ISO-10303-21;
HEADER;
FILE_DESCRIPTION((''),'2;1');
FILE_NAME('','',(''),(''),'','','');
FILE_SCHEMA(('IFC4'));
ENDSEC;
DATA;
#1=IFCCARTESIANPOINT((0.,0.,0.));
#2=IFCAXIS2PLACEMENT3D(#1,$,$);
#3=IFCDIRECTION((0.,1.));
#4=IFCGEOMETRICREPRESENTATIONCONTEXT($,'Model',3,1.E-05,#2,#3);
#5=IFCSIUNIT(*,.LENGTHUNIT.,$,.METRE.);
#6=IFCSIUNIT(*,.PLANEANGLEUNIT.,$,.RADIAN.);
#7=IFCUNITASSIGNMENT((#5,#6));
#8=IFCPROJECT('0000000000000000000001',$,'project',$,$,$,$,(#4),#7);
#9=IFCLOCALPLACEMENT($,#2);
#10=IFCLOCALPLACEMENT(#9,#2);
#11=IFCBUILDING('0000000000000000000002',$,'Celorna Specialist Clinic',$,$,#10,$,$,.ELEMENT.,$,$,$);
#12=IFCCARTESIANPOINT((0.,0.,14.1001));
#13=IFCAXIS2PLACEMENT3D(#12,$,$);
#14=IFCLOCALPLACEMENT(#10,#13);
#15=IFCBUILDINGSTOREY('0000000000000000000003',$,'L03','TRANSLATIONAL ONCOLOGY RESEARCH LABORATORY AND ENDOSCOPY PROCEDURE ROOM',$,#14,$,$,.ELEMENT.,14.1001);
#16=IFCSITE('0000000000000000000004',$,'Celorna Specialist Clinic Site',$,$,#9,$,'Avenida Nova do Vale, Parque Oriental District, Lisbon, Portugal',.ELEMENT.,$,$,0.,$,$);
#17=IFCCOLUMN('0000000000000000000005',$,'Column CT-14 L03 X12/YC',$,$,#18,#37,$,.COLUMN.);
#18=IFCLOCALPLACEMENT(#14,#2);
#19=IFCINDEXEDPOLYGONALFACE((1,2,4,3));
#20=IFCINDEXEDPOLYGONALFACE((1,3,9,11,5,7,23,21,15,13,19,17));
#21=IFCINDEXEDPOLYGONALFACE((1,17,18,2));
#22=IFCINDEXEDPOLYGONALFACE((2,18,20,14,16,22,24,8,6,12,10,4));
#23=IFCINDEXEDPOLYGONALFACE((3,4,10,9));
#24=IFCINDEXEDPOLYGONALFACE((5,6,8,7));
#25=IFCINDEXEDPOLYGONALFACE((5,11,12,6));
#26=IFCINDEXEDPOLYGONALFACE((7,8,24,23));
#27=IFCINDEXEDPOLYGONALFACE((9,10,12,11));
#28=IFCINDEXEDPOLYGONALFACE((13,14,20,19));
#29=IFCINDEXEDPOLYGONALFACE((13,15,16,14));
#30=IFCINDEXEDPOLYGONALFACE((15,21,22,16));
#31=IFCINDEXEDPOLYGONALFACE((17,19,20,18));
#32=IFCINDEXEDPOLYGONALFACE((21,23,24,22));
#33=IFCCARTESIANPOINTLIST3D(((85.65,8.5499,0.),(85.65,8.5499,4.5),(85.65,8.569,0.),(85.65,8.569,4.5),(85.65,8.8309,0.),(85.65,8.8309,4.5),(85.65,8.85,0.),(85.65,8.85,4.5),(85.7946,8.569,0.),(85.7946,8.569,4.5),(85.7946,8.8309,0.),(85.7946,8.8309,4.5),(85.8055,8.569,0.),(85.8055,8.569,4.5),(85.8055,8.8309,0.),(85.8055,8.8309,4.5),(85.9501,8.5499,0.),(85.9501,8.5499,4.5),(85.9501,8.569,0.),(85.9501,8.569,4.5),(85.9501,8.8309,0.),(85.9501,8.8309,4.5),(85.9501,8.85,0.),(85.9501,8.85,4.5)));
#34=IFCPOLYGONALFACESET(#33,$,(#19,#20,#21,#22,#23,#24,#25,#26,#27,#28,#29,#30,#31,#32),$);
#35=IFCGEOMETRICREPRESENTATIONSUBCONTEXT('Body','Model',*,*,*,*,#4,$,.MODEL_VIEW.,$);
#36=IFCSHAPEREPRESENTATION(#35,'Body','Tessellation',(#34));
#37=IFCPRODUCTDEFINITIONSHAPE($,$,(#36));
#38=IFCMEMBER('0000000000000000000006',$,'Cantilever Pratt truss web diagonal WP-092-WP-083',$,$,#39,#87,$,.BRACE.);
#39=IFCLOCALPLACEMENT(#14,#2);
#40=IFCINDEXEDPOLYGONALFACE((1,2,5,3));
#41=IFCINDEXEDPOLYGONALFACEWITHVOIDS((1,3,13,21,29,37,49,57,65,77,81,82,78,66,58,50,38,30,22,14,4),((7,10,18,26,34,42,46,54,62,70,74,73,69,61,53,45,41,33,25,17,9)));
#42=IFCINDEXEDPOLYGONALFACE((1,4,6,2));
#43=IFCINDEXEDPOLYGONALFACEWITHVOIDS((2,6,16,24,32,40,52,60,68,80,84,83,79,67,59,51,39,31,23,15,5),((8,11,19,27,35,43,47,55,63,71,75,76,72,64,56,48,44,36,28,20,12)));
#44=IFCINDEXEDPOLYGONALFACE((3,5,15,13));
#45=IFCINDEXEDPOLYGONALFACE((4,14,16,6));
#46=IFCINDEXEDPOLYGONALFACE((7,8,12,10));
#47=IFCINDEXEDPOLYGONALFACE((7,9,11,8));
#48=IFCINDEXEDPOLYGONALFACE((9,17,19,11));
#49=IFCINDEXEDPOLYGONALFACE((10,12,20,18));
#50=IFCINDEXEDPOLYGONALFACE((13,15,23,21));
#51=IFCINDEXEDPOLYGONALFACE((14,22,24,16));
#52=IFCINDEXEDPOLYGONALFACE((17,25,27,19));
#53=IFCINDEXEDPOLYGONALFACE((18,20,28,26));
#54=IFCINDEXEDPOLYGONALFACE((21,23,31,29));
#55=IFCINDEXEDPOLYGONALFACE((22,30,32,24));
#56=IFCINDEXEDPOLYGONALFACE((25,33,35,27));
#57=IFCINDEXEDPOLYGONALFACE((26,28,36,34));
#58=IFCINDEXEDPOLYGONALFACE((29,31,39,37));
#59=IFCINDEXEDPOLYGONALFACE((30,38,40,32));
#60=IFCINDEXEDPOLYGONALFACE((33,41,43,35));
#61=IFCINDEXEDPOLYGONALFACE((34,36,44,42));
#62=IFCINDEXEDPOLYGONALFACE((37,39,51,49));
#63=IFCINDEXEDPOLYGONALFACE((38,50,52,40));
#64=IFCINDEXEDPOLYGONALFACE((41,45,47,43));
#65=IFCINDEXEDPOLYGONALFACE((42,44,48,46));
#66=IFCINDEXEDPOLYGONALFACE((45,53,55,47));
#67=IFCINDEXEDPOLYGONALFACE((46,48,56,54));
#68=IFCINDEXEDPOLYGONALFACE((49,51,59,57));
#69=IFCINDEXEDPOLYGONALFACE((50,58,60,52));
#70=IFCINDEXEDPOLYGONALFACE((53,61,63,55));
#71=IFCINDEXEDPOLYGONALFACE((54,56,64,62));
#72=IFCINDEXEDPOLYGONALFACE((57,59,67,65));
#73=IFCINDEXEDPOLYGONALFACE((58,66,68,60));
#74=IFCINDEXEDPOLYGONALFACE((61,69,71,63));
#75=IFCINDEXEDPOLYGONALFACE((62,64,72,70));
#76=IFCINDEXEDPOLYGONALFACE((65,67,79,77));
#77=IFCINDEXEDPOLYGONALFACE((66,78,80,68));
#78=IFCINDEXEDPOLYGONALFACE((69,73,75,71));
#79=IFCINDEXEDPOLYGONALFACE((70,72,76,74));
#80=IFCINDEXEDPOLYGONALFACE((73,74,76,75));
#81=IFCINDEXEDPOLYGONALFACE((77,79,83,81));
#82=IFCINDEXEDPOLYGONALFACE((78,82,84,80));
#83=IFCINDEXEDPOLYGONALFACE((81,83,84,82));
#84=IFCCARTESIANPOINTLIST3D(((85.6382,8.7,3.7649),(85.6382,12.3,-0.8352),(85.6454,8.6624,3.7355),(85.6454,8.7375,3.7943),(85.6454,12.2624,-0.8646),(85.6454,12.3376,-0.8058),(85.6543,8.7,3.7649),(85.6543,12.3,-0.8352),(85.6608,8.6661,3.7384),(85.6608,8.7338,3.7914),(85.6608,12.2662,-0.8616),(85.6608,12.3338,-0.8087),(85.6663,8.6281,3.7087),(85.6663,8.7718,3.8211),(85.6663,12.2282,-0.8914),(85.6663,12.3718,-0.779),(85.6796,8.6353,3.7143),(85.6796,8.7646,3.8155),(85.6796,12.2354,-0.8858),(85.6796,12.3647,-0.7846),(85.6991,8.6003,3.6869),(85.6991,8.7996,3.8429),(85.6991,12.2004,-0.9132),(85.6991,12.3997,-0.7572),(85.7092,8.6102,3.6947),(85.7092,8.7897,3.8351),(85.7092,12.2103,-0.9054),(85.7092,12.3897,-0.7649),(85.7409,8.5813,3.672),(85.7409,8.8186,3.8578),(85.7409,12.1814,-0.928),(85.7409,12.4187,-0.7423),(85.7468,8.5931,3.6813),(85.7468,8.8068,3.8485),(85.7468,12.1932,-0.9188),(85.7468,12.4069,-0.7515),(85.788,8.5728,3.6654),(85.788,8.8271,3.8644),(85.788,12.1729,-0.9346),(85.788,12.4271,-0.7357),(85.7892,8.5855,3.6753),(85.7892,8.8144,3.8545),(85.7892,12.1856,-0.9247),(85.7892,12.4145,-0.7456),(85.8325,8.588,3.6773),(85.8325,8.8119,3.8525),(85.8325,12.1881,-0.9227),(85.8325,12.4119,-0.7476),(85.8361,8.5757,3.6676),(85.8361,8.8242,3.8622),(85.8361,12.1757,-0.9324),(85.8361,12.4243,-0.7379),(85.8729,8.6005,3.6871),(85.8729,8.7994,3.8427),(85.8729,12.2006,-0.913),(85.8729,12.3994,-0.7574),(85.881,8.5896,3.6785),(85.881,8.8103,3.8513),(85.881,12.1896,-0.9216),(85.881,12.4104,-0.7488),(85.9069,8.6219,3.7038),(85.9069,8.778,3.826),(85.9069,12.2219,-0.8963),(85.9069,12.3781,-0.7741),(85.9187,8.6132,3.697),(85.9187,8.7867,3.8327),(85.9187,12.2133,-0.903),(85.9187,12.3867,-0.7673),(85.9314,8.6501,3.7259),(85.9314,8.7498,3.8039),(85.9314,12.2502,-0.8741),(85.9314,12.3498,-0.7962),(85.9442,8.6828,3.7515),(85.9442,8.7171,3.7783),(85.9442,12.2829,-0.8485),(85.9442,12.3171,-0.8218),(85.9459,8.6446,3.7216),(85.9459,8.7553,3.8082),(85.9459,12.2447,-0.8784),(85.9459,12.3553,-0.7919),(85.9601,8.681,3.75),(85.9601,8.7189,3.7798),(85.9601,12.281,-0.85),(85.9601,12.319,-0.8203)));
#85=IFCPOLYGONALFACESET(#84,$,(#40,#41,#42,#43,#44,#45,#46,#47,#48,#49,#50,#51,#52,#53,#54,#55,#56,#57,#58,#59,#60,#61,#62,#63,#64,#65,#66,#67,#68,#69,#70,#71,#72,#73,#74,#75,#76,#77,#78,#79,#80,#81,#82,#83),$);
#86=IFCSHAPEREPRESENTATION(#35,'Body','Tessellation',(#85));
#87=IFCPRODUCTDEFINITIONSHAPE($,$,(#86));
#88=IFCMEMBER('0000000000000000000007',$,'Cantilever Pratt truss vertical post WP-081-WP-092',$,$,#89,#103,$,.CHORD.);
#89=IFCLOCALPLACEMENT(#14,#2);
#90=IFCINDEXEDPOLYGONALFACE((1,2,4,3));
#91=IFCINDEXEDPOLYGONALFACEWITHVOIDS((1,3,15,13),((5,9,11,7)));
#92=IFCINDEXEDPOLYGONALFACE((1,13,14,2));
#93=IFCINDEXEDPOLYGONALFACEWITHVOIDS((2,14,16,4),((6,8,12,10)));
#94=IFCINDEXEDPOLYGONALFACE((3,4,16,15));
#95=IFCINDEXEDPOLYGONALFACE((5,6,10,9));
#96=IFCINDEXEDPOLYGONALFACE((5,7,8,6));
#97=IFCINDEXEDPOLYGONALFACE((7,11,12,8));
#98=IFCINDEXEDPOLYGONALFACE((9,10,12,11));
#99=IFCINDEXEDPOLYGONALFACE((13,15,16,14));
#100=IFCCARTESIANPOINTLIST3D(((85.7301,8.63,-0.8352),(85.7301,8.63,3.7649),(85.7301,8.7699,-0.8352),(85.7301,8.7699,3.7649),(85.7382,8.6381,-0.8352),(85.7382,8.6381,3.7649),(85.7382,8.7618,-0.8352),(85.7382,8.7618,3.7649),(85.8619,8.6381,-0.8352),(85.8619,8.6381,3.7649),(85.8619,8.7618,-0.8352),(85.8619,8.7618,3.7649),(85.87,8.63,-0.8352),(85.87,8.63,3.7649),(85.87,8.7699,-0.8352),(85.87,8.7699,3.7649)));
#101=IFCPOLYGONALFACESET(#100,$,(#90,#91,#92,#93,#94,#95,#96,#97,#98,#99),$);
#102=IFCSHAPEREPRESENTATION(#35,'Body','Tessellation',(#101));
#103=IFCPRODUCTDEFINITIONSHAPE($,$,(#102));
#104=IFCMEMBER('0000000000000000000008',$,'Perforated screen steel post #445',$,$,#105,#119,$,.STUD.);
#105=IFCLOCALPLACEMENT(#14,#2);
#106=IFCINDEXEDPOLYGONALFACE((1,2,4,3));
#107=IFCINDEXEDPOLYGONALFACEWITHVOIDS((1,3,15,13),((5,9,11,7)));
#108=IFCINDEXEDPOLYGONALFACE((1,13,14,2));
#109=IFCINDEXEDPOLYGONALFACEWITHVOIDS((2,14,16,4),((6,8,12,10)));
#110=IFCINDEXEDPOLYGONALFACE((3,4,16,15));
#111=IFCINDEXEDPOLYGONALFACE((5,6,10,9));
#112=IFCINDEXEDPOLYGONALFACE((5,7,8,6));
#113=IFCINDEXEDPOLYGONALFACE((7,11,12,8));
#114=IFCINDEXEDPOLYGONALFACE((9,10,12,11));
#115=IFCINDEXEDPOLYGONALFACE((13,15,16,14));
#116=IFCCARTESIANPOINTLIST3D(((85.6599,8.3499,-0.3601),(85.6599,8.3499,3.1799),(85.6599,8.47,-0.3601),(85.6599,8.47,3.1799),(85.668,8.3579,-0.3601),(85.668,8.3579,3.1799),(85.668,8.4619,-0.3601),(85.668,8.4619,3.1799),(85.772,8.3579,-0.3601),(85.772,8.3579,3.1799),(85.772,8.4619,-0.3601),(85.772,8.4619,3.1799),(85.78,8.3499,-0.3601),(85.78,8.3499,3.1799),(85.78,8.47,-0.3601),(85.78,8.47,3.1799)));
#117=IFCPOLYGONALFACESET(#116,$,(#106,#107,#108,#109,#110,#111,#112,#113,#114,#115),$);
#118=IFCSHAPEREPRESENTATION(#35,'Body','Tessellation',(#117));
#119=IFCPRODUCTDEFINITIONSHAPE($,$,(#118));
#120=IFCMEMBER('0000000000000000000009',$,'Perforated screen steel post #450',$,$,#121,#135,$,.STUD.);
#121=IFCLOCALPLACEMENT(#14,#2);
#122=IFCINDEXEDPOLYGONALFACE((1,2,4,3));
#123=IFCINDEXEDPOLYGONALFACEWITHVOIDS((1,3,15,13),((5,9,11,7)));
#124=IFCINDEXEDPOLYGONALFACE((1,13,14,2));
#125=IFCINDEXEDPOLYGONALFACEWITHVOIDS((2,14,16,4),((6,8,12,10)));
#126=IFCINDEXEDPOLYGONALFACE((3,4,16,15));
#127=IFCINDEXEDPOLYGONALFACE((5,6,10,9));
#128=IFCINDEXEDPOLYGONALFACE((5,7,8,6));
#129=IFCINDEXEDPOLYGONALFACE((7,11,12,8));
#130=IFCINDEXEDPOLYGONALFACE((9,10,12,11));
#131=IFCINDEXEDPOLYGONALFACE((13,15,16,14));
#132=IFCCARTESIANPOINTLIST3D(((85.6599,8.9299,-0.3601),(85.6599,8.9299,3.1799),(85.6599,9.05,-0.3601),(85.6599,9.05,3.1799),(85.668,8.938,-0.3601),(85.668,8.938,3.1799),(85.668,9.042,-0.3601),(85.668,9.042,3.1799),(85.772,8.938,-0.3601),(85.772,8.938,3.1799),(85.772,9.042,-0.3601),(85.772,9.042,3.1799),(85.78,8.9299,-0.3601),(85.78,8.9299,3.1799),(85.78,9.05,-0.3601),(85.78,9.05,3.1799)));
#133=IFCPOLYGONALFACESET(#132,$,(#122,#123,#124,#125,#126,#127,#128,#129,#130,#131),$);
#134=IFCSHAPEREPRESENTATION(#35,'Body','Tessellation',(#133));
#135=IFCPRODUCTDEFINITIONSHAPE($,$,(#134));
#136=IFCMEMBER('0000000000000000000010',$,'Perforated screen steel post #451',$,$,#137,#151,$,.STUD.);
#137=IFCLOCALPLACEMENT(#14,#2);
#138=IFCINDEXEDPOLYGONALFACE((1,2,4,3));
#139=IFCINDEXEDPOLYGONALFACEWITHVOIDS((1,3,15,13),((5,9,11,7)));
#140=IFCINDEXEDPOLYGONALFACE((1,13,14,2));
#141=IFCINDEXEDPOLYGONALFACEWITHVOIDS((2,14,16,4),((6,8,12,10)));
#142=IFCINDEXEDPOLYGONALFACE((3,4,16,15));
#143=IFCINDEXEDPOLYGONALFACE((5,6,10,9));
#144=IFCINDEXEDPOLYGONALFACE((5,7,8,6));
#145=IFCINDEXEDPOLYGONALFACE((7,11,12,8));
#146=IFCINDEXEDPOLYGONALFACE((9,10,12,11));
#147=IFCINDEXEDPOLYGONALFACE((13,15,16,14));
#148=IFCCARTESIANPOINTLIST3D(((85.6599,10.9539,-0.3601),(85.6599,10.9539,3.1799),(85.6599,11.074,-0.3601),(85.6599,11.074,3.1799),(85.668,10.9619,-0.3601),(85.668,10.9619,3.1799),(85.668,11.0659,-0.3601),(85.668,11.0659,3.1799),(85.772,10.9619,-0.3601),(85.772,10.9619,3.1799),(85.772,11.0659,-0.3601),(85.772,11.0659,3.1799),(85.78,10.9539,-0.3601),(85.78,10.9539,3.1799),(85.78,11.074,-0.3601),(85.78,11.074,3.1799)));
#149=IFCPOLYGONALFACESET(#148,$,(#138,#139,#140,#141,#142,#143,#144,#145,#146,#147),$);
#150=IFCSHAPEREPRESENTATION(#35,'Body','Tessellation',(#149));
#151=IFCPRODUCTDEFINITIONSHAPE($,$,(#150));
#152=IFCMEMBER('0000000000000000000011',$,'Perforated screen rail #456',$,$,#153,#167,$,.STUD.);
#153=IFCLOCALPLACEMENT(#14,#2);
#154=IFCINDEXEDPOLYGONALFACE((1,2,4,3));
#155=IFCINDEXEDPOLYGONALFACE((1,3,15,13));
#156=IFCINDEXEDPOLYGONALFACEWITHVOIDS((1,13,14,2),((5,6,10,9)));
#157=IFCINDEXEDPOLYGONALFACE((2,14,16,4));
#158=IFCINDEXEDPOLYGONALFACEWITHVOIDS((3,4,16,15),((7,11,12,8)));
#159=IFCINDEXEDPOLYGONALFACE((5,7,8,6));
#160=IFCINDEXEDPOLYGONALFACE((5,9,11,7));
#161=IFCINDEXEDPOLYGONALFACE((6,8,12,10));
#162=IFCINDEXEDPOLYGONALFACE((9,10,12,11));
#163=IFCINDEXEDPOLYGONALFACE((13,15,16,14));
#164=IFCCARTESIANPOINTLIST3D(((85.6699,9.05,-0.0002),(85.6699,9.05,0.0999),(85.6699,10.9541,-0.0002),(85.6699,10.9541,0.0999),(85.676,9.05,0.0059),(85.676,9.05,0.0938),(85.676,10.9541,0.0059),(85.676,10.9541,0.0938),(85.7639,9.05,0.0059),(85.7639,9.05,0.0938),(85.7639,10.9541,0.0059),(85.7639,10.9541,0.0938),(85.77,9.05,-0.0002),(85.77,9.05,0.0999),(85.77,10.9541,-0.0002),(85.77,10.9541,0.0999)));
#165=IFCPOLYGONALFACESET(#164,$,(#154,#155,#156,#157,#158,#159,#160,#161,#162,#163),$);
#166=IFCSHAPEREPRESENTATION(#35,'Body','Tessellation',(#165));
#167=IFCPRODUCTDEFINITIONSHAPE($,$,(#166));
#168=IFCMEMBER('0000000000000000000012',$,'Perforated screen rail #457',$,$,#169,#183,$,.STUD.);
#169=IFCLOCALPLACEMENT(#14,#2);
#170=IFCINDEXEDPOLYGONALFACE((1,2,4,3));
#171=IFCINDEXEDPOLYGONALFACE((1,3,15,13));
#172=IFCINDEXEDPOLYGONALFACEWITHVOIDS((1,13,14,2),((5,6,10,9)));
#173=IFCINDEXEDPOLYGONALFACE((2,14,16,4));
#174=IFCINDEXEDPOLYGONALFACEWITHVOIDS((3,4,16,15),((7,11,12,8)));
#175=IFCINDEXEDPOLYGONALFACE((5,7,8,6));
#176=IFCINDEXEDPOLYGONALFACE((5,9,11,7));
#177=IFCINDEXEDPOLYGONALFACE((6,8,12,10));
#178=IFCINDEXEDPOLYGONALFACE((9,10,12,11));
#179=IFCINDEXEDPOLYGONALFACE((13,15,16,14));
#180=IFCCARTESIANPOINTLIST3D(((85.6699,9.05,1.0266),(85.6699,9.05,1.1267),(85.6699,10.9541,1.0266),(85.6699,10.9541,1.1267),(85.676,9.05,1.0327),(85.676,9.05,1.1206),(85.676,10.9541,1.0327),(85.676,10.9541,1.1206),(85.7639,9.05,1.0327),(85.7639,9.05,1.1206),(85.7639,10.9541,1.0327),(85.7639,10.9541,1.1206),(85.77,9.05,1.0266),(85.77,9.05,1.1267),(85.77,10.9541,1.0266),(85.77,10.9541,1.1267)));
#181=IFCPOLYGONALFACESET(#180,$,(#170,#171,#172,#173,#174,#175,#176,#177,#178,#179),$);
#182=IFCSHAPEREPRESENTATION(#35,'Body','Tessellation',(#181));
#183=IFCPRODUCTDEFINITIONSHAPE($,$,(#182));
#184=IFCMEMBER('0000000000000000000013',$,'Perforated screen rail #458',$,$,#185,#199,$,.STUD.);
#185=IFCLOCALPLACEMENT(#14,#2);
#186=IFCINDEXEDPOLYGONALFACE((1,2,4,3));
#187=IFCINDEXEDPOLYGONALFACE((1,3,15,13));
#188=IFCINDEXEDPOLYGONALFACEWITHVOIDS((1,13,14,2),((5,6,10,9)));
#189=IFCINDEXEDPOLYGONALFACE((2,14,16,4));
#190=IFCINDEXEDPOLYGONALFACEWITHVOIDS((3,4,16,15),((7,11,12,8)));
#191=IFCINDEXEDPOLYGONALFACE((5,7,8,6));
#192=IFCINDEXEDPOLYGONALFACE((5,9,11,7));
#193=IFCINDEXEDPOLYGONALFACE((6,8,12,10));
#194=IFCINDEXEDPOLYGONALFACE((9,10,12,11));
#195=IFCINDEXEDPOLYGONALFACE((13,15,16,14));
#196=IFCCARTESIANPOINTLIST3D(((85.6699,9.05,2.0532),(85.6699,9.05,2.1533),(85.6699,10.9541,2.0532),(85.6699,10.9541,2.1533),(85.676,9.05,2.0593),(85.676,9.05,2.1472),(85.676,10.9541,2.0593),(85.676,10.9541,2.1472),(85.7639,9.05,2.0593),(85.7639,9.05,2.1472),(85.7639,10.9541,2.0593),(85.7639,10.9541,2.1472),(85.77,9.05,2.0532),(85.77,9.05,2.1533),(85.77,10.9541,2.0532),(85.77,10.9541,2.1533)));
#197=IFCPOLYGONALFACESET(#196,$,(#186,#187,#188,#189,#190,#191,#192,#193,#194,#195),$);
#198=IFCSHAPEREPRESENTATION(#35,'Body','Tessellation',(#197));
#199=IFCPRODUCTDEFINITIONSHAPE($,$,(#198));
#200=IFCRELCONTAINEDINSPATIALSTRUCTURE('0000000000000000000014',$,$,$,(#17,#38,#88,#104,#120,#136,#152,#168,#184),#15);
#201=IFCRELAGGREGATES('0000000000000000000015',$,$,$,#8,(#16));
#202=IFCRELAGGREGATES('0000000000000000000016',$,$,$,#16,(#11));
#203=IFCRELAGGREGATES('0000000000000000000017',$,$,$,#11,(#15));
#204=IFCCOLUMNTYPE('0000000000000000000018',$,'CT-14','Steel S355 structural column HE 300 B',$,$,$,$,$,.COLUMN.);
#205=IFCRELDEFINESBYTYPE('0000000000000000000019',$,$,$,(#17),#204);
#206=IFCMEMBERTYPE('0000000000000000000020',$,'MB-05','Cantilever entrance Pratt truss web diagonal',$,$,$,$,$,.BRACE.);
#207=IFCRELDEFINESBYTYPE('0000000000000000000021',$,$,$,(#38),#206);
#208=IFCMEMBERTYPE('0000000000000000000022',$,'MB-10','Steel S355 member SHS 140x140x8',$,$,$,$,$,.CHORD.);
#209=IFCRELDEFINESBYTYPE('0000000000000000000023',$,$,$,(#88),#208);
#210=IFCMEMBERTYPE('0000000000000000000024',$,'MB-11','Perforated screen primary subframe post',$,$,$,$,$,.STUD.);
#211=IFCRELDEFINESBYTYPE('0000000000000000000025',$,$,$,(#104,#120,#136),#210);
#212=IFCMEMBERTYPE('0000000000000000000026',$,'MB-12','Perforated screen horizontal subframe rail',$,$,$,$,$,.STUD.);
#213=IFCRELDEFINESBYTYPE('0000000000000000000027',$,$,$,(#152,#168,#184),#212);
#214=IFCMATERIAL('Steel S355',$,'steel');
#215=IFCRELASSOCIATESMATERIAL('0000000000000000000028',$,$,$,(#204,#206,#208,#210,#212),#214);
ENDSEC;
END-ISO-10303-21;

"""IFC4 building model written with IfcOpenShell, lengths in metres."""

from ifc_helpers import new_model, si_unit, direction, frame, origin, origin_2d, place, context, subcontext, project, spatial, hollow_rectangle, hollow_circle, i_section, extrude, material, material_profile, profile_set, type_object, element, save


model = new_model("IFC4")

# Units and contexts
model_context = context("Model", 3, precision=1e-05, world=origin(), true_north=direction((0.0, 1.0)))
body_context = subcontext(model_context, "Body", "Model", "MODEL_VIEW")
ifc_project = project(units=[si_unit("LENGTHUNIT", "METRE"), si_unit("PLANEANGLEUNIT", "RADIAN")], contexts=[model_context])

# Site, building, storey
site_placement = place(None, origin())
site = spatial("IfcSite", under=ifc_project, at=site_placement, Name="Celorna Specialist Clinic Site", LongName="Avenida Nova do Vale, Parque Oriental District, Lisbon, Portugal", CompositionType="ELEMENT", RefElevation=0.0)
building_placement = place(site_placement, origin())
building = spatial("IfcBuilding", under=site, at=building_placement, Name="Celorna Specialist Clinic", CompositionType="ELEMENT")
storey_placement = place(building_placement, frame((0.0, 0.0, 14.1001)))
storey = spatial("IfcBuildingStorey", under=building, at=storey_placement, Name="L03", Description="TRANSLATIONAL ONCOLOGY RESEARCH LABORATORY AND ENDOSCOPY PROCEDURE ROOM", CompositionType="ELEMENT", Elevation=14.1001)

# Column
ifc_material_1 = material(Name="Steel S355", Category="steel")
ifc_material_profile_1 = material_profile(ifc_material_1, i_section(OverallWidth=0.3, OverallDepth=0.3, WebThickness=0.011, FlangeThickness=0.019, at=origin_2d()), Name="HE 300 B")
ifc_profile_set_1 = profile_set([ifc_material_profile_1], Name="Steel S355")
column_type = type_object("IfcColumnType", Name="CT-14", Description="Steel S355 structural column HE 300 B", PredefinedType="COLUMN", material=ifc_profile_set_1)
column_placement = place(storey_placement, frame((85.8, 8.7, 0.0), z_axis=(0.0, 0.0, 1.0), x_axis=(1.0, 0.0, 0.0)))
element("IfcColumn", 1, at=column_placement, inside=storey, type_object=column_type, Name="Column CT-14 L03 X12/YC", PredefinedType="COLUMN", context=body_context, shape_type="SweptSolid", body=[
    extrude(i_section(OverallWidth=0.3, OverallDepth=0.3, WebThickness=0.011, FlangeThickness=0.019, at=origin_2d()), origin(), (0.0, 0.0, 1.0), 4.5),
])

# Members
ifc_material_profile_2 = material_profile(ifc_material_1, hollow_circle(Radius=0.1619, WallThickness=0.0161, at=origin_2d()), Name="CHS 323.9x16")
ifc_profile_set_2 = profile_set([ifc_material_profile_2], Name="Steel S355")
member_type_1 = type_object("IfcMemberType", Name="MB-05", Description="Cantilever entrance Pratt truss web diagonal", PredefinedType="BRACE", material=ifc_profile_set_2)
member_1_placement = place(storey_placement, frame((85.8, 8.7, 3.7649), z_axis=(0.0, 0.616311, -0.787503), x_axis=(-1.0, 0.0, 0.0)))
element("IfcMember", 2, at=member_1_placement, inside=storey, type_object=member_type_1, Name="Cantilever Pratt truss web diagonal WP-092-WP-083", PredefinedType="BRACE", context=body_context, shape_type="SweptSolid", body=[
    extrude(hollow_circle(Radius=0.1619, WallThickness=0.0161, at=origin_2d()), origin(), (0.0, 0.0, 1.0), 5.8413),
])
ifc_material_profile_3 = material_profile(ifc_material_1, hollow_rectangle(XDim=0.1399, YDim=0.1399, WallThickness=0.0081, at=origin_2d()), Name="SHS 140x140x8")
ifc_profile_set_3 = profile_set([ifc_material_profile_3], Name="Steel S355")
member_type_2 = type_object("IfcMemberType", Name="MB-10", Description="Steel S355 member SHS 140x140x8", PredefinedType="CHORD", material=ifc_profile_set_3)
member_2_placement = place(storey_placement, frame((85.8, 8.7, -0.8352), z_axis=(0.0, 0.0, 1.0), x_axis=(1.0, 0.0, 0.0)))
element("IfcMember", 3, at=member_2_placement, inside=storey, type_object=member_type_2, Name="Cantilever Pratt truss vertical post WP-081-WP-092", PredefinedType="CHORD", context=body_context, shape_type="SweptSolid", body=[
    extrude(hollow_rectangle(XDim=0.1399, YDim=0.1399, WallThickness=0.0081, at=origin_2d()), origin(), (0.0, 0.0, 1.0), 4.6001),
])
ifc_material_profile_4 = material_profile(ifc_material_1, hollow_rectangle(XDim=0.1201, YDim=0.1201, WallThickness=0.0081, at=origin_2d()), Name="SHS 120x120x8")
ifc_profile_set_4 = profile_set([ifc_material_profile_4], Name="Steel S355")
member_type_3 = type_object("IfcMemberType", Name="MB-11", Description="Perforated screen primary subframe post", PredefinedType="STUD", material=ifc_profile_set_4)
for number, where, z_axis, x_axis, name in (
    (4, (85.72, 8.4099, -0.3601), (0.0, 0.0, 1.0), (1.0, 0.0, 0.0), "Perforated screen steel post #445"),
    (5, (85.72, 8.99, -0.3601), (0.0, 0.0, 1.0), (1.0, 0.0, 0.0), "Perforated screen steel post #450"),
    (6, (85.72, 11.0139, -0.3601), (0.0, 0.0, 1.0), (1.0, 0.0, 0.0), "Perforated screen steel post #451"),
):
    element("IfcMember", number, at=place(storey_placement, frame(where, z_axis=z_axis, x_axis=x_axis)), inside=storey, type_object=member_type_3, Name=name, PredefinedType="STUD", context=body_context, shape_type="SweptSolid", body=[
        extrude(hollow_rectangle(XDim=0.1201, YDim=0.1201, WallThickness=0.0081, at=origin_2d()), origin(), (0.0, 0.0, 1.0), 3.54),
    ])
ifc_material_profile_5 = material_profile(ifc_material_1, hollow_rectangle(XDim=0.1001, YDim=0.1001, WallThickness=0.0061, at=origin_2d()), Name="SHS 100x100x6")
ifc_profile_set_5 = profile_set([ifc_material_profile_5], Name="Steel S355")
member_type_4 = type_object("IfcMemberType", Name="MB-12", Description="Perforated screen horizontal subframe rail", PredefinedType="STUD", material=ifc_profile_set_5)
for number, where, z_axis, x_axis, name in (
    (7, (85.72, 9.05, 0.0498), (0.0, 1.0, 0.0), (-1.0, 0.0, 0.0), "Perforated screen rail #456"),
    (8, (85.72, 9.05, 1.0767), (0.0, 1.0, 0.0), (-1.0, 0.0, 0.0), "Perforated screen rail #457"),
    (9, (85.72, 9.05, 2.1033), (0.0, 1.0, 0.0), (-1.0, 0.0, 0.0), "Perforated screen rail #458"),
):
    element("IfcMember", number, at=place(storey_placement, frame(where, z_axis=z_axis, x_axis=x_axis)), inside=storey, type_object=member_type_4, Name=name, PredefinedType="STUD", context=body_context, shape_type="SweptSolid", body=[
        extrude(hollow_rectangle(XDim=0.1001, YDim=0.1001, WallThickness=0.0061, at=origin_2d()), origin(), (0.0, 0.0, 1.0), 1.9041),
    ])

save(model, "model.ifc")
